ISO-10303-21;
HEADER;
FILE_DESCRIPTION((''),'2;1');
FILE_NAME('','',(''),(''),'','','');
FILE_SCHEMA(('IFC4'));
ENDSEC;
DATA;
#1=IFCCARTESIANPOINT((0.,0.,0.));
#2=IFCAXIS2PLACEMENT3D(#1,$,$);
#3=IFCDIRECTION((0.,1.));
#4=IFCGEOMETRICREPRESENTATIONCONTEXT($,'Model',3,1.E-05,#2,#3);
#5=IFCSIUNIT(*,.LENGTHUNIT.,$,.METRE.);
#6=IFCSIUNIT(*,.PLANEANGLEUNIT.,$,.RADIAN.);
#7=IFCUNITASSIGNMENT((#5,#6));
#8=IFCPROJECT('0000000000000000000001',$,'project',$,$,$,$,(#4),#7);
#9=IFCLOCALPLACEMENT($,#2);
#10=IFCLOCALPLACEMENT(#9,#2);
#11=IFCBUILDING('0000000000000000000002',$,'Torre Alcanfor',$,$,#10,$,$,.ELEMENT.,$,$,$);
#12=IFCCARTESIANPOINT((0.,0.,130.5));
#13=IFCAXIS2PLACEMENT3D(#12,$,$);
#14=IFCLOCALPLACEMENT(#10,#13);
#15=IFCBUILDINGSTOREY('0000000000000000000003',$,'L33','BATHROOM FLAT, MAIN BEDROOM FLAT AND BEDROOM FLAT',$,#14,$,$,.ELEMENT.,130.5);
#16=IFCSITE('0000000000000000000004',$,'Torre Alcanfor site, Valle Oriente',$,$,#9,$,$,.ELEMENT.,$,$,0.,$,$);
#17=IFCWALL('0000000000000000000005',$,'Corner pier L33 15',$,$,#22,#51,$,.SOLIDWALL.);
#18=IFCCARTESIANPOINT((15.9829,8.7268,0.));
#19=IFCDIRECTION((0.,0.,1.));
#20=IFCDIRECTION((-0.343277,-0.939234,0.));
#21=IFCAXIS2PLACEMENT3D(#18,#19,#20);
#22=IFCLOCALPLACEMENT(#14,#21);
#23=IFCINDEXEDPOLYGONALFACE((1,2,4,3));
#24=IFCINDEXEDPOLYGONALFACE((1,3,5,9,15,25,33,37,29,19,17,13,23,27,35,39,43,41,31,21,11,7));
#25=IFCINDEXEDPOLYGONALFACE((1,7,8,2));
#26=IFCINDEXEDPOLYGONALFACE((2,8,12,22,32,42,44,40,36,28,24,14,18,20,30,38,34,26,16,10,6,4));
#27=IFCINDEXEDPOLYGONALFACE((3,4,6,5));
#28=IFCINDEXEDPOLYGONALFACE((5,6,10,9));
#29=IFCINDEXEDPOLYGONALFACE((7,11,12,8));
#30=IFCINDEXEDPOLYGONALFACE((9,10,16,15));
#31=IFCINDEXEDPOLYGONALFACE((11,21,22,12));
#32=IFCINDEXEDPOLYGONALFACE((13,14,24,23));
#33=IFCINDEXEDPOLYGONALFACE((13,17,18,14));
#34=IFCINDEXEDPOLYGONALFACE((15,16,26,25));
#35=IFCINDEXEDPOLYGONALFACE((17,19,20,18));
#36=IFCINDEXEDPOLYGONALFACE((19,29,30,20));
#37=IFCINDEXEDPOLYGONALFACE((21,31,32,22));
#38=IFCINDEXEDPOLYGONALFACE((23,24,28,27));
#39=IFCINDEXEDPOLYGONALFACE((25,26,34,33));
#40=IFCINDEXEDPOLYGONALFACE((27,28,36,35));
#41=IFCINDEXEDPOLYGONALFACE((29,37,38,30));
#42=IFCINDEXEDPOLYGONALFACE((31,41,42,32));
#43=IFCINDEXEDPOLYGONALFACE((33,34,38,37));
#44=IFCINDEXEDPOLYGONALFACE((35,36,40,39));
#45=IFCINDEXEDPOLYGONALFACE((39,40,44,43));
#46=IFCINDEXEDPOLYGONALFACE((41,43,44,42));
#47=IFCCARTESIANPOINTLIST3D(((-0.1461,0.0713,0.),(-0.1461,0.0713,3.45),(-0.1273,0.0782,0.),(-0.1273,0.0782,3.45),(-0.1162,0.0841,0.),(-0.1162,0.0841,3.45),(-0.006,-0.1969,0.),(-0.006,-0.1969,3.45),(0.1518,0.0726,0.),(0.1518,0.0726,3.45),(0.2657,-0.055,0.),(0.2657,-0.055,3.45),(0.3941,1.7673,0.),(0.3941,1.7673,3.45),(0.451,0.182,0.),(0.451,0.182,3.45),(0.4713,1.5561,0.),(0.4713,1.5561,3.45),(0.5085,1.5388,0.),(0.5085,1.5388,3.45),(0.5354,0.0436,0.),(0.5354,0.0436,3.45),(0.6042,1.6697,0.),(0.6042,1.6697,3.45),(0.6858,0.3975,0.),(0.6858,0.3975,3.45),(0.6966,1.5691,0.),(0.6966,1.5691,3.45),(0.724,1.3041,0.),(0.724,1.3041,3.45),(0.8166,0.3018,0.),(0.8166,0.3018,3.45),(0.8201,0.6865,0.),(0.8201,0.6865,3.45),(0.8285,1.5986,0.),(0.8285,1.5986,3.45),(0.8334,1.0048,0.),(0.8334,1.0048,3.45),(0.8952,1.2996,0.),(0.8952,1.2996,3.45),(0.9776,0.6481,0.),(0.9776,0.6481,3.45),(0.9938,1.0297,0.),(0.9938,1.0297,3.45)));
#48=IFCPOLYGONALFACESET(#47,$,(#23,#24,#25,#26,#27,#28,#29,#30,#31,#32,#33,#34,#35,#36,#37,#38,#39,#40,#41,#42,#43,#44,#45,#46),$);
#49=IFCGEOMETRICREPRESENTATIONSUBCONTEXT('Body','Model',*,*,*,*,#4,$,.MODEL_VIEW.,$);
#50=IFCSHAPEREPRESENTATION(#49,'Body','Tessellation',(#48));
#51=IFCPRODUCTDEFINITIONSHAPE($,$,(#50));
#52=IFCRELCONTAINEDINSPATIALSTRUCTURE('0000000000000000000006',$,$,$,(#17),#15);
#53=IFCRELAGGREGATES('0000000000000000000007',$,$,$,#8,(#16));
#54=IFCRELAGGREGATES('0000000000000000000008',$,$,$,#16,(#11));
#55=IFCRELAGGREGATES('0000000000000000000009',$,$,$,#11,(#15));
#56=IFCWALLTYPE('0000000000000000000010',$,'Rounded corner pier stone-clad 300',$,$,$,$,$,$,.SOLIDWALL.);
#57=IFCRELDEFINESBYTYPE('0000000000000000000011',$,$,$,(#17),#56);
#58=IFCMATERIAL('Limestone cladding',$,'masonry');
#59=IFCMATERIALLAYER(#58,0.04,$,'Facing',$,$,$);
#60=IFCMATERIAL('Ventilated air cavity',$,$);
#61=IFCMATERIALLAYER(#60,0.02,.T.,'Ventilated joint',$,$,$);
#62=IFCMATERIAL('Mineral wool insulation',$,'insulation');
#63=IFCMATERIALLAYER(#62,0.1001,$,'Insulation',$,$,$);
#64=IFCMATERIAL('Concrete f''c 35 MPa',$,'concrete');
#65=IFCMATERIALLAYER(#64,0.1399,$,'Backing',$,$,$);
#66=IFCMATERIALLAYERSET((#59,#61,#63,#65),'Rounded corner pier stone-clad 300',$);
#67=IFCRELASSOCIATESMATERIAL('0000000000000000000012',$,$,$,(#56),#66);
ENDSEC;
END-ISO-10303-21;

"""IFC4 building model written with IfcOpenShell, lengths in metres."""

from ifc_helpers import new_model, si_unit, direction, frame, origin, place, context, subcontext, project, spatial, polyline, outline, extrude, material, layer, layer_set, type_object, element, save


model = new_model("IFC4")

# Units and contexts
model_context = context("Model", 3, precision=1e-05, world=origin(), true_north=direction((0.0, 1.0)))
body_context = subcontext(model_context, "Body", "Model", "MODEL_VIEW")
ifc_project = project(units=[si_unit("LENGTHUNIT", "METRE"), si_unit("PLANEANGLEUNIT", "RADIAN")], contexts=[model_context])

# Site, building, storey
site_placement = place(None, origin())
site = spatial("IfcSite", under=ifc_project, at=site_placement, Name="Torre Alcanfor site, Valle Oriente", CompositionType="ELEMENT", RefElevation=0.0)
building_placement = place(site_placement, origin())
building = spatial("IfcBuilding", under=site, at=building_placement, Name="Torre Alcanfor", CompositionType="ELEMENT")
storey_placement = place(building_placement, frame((0.0, 0.0, 130.5)))
storey = spatial("IfcBuildingStorey", under=building, at=storey_placement, Name="L33", Description="BATHROOM FLAT, MAIN BEDROOM FLAT AND BEDROOM FLAT", CompositionType="ELEMENT", Elevation=130.5)

# Shared definitions
ifc_material_1 = material(Name="Limestone cladding", Category="masonry")
ifc_material_2 = material(Name="Ventilated air cavity")
ifc_material_3 = material(Name="Mineral wool insulation", Category="insulation")
ifc_material_4 = material(Name="Concrete f'c 35 MPa", Category="concrete")

# Wall
ifc_layer_1 = layer(ifc_material_1, 0.04, Name="Facing")
ifc_layer_2 = layer(ifc_material_2, 0.02, ventilated=True, Name="Ventilated joint")
ifc_layer_3 = layer(ifc_material_3, 0.1001, Name="Insulation")
ifc_layer_4 = layer(ifc_material_4, 0.1399, Name="Backing")
ifc_layer_set_1 = layer_set([ifc_layer_1, ifc_layer_2, ifc_layer_3, ifc_layer_4], Name="Rounded corner pier stone-clad 300")
wall_type_1 = type_object("IfcWallType", Name="Rounded corner pier stone-clad 300", PredefinedType="SOLIDWALL", material=ifc_layer_set_1)
wall_1_placement = place(storey_placement, frame((15.9829, 8.7268, 0.0), z_axis=(0.0, 0.0, 1.0), x_axis=(-0.343277, -0.939234, 0.0)))
element("IfcWall", 1, at=wall_1_placement, inside=storey, type_object=wall_type_1, Name="Corner pier L33 15", PredefinedType="SOLIDWALL", context=body_context, shape_type="SweptSolid", body=[
    extrude(outline(polyline([(0.8285, 1.5986), (0.6966, 1.5691), (0.6042, 1.6697), (0.3941, 1.7673), (0.4713, 1.5561), (0.5085, 1.5388), (0.724, 1.3041), (0.8334, 1.0048), (0.8201, 0.6865), (0.6858, 0.3975), (0.451, 0.182), (0.1518, 0.0726), (-0.1162, 0.0841), (-0.1273, 0.0782), (-0.1461, 0.0713), (-0.006, -0.1969), (0.2657, -0.055), (0.5354, 0.0436), (0.8166, 0.3018), (0.9776, 0.6481), (0.9938, 1.0297), (0.8952, 1.2996), (0.8285, 1.5986)])), origin(), (0.0, 0.0, 1.0), 3.45),
])

save(model, "model.ifc")
